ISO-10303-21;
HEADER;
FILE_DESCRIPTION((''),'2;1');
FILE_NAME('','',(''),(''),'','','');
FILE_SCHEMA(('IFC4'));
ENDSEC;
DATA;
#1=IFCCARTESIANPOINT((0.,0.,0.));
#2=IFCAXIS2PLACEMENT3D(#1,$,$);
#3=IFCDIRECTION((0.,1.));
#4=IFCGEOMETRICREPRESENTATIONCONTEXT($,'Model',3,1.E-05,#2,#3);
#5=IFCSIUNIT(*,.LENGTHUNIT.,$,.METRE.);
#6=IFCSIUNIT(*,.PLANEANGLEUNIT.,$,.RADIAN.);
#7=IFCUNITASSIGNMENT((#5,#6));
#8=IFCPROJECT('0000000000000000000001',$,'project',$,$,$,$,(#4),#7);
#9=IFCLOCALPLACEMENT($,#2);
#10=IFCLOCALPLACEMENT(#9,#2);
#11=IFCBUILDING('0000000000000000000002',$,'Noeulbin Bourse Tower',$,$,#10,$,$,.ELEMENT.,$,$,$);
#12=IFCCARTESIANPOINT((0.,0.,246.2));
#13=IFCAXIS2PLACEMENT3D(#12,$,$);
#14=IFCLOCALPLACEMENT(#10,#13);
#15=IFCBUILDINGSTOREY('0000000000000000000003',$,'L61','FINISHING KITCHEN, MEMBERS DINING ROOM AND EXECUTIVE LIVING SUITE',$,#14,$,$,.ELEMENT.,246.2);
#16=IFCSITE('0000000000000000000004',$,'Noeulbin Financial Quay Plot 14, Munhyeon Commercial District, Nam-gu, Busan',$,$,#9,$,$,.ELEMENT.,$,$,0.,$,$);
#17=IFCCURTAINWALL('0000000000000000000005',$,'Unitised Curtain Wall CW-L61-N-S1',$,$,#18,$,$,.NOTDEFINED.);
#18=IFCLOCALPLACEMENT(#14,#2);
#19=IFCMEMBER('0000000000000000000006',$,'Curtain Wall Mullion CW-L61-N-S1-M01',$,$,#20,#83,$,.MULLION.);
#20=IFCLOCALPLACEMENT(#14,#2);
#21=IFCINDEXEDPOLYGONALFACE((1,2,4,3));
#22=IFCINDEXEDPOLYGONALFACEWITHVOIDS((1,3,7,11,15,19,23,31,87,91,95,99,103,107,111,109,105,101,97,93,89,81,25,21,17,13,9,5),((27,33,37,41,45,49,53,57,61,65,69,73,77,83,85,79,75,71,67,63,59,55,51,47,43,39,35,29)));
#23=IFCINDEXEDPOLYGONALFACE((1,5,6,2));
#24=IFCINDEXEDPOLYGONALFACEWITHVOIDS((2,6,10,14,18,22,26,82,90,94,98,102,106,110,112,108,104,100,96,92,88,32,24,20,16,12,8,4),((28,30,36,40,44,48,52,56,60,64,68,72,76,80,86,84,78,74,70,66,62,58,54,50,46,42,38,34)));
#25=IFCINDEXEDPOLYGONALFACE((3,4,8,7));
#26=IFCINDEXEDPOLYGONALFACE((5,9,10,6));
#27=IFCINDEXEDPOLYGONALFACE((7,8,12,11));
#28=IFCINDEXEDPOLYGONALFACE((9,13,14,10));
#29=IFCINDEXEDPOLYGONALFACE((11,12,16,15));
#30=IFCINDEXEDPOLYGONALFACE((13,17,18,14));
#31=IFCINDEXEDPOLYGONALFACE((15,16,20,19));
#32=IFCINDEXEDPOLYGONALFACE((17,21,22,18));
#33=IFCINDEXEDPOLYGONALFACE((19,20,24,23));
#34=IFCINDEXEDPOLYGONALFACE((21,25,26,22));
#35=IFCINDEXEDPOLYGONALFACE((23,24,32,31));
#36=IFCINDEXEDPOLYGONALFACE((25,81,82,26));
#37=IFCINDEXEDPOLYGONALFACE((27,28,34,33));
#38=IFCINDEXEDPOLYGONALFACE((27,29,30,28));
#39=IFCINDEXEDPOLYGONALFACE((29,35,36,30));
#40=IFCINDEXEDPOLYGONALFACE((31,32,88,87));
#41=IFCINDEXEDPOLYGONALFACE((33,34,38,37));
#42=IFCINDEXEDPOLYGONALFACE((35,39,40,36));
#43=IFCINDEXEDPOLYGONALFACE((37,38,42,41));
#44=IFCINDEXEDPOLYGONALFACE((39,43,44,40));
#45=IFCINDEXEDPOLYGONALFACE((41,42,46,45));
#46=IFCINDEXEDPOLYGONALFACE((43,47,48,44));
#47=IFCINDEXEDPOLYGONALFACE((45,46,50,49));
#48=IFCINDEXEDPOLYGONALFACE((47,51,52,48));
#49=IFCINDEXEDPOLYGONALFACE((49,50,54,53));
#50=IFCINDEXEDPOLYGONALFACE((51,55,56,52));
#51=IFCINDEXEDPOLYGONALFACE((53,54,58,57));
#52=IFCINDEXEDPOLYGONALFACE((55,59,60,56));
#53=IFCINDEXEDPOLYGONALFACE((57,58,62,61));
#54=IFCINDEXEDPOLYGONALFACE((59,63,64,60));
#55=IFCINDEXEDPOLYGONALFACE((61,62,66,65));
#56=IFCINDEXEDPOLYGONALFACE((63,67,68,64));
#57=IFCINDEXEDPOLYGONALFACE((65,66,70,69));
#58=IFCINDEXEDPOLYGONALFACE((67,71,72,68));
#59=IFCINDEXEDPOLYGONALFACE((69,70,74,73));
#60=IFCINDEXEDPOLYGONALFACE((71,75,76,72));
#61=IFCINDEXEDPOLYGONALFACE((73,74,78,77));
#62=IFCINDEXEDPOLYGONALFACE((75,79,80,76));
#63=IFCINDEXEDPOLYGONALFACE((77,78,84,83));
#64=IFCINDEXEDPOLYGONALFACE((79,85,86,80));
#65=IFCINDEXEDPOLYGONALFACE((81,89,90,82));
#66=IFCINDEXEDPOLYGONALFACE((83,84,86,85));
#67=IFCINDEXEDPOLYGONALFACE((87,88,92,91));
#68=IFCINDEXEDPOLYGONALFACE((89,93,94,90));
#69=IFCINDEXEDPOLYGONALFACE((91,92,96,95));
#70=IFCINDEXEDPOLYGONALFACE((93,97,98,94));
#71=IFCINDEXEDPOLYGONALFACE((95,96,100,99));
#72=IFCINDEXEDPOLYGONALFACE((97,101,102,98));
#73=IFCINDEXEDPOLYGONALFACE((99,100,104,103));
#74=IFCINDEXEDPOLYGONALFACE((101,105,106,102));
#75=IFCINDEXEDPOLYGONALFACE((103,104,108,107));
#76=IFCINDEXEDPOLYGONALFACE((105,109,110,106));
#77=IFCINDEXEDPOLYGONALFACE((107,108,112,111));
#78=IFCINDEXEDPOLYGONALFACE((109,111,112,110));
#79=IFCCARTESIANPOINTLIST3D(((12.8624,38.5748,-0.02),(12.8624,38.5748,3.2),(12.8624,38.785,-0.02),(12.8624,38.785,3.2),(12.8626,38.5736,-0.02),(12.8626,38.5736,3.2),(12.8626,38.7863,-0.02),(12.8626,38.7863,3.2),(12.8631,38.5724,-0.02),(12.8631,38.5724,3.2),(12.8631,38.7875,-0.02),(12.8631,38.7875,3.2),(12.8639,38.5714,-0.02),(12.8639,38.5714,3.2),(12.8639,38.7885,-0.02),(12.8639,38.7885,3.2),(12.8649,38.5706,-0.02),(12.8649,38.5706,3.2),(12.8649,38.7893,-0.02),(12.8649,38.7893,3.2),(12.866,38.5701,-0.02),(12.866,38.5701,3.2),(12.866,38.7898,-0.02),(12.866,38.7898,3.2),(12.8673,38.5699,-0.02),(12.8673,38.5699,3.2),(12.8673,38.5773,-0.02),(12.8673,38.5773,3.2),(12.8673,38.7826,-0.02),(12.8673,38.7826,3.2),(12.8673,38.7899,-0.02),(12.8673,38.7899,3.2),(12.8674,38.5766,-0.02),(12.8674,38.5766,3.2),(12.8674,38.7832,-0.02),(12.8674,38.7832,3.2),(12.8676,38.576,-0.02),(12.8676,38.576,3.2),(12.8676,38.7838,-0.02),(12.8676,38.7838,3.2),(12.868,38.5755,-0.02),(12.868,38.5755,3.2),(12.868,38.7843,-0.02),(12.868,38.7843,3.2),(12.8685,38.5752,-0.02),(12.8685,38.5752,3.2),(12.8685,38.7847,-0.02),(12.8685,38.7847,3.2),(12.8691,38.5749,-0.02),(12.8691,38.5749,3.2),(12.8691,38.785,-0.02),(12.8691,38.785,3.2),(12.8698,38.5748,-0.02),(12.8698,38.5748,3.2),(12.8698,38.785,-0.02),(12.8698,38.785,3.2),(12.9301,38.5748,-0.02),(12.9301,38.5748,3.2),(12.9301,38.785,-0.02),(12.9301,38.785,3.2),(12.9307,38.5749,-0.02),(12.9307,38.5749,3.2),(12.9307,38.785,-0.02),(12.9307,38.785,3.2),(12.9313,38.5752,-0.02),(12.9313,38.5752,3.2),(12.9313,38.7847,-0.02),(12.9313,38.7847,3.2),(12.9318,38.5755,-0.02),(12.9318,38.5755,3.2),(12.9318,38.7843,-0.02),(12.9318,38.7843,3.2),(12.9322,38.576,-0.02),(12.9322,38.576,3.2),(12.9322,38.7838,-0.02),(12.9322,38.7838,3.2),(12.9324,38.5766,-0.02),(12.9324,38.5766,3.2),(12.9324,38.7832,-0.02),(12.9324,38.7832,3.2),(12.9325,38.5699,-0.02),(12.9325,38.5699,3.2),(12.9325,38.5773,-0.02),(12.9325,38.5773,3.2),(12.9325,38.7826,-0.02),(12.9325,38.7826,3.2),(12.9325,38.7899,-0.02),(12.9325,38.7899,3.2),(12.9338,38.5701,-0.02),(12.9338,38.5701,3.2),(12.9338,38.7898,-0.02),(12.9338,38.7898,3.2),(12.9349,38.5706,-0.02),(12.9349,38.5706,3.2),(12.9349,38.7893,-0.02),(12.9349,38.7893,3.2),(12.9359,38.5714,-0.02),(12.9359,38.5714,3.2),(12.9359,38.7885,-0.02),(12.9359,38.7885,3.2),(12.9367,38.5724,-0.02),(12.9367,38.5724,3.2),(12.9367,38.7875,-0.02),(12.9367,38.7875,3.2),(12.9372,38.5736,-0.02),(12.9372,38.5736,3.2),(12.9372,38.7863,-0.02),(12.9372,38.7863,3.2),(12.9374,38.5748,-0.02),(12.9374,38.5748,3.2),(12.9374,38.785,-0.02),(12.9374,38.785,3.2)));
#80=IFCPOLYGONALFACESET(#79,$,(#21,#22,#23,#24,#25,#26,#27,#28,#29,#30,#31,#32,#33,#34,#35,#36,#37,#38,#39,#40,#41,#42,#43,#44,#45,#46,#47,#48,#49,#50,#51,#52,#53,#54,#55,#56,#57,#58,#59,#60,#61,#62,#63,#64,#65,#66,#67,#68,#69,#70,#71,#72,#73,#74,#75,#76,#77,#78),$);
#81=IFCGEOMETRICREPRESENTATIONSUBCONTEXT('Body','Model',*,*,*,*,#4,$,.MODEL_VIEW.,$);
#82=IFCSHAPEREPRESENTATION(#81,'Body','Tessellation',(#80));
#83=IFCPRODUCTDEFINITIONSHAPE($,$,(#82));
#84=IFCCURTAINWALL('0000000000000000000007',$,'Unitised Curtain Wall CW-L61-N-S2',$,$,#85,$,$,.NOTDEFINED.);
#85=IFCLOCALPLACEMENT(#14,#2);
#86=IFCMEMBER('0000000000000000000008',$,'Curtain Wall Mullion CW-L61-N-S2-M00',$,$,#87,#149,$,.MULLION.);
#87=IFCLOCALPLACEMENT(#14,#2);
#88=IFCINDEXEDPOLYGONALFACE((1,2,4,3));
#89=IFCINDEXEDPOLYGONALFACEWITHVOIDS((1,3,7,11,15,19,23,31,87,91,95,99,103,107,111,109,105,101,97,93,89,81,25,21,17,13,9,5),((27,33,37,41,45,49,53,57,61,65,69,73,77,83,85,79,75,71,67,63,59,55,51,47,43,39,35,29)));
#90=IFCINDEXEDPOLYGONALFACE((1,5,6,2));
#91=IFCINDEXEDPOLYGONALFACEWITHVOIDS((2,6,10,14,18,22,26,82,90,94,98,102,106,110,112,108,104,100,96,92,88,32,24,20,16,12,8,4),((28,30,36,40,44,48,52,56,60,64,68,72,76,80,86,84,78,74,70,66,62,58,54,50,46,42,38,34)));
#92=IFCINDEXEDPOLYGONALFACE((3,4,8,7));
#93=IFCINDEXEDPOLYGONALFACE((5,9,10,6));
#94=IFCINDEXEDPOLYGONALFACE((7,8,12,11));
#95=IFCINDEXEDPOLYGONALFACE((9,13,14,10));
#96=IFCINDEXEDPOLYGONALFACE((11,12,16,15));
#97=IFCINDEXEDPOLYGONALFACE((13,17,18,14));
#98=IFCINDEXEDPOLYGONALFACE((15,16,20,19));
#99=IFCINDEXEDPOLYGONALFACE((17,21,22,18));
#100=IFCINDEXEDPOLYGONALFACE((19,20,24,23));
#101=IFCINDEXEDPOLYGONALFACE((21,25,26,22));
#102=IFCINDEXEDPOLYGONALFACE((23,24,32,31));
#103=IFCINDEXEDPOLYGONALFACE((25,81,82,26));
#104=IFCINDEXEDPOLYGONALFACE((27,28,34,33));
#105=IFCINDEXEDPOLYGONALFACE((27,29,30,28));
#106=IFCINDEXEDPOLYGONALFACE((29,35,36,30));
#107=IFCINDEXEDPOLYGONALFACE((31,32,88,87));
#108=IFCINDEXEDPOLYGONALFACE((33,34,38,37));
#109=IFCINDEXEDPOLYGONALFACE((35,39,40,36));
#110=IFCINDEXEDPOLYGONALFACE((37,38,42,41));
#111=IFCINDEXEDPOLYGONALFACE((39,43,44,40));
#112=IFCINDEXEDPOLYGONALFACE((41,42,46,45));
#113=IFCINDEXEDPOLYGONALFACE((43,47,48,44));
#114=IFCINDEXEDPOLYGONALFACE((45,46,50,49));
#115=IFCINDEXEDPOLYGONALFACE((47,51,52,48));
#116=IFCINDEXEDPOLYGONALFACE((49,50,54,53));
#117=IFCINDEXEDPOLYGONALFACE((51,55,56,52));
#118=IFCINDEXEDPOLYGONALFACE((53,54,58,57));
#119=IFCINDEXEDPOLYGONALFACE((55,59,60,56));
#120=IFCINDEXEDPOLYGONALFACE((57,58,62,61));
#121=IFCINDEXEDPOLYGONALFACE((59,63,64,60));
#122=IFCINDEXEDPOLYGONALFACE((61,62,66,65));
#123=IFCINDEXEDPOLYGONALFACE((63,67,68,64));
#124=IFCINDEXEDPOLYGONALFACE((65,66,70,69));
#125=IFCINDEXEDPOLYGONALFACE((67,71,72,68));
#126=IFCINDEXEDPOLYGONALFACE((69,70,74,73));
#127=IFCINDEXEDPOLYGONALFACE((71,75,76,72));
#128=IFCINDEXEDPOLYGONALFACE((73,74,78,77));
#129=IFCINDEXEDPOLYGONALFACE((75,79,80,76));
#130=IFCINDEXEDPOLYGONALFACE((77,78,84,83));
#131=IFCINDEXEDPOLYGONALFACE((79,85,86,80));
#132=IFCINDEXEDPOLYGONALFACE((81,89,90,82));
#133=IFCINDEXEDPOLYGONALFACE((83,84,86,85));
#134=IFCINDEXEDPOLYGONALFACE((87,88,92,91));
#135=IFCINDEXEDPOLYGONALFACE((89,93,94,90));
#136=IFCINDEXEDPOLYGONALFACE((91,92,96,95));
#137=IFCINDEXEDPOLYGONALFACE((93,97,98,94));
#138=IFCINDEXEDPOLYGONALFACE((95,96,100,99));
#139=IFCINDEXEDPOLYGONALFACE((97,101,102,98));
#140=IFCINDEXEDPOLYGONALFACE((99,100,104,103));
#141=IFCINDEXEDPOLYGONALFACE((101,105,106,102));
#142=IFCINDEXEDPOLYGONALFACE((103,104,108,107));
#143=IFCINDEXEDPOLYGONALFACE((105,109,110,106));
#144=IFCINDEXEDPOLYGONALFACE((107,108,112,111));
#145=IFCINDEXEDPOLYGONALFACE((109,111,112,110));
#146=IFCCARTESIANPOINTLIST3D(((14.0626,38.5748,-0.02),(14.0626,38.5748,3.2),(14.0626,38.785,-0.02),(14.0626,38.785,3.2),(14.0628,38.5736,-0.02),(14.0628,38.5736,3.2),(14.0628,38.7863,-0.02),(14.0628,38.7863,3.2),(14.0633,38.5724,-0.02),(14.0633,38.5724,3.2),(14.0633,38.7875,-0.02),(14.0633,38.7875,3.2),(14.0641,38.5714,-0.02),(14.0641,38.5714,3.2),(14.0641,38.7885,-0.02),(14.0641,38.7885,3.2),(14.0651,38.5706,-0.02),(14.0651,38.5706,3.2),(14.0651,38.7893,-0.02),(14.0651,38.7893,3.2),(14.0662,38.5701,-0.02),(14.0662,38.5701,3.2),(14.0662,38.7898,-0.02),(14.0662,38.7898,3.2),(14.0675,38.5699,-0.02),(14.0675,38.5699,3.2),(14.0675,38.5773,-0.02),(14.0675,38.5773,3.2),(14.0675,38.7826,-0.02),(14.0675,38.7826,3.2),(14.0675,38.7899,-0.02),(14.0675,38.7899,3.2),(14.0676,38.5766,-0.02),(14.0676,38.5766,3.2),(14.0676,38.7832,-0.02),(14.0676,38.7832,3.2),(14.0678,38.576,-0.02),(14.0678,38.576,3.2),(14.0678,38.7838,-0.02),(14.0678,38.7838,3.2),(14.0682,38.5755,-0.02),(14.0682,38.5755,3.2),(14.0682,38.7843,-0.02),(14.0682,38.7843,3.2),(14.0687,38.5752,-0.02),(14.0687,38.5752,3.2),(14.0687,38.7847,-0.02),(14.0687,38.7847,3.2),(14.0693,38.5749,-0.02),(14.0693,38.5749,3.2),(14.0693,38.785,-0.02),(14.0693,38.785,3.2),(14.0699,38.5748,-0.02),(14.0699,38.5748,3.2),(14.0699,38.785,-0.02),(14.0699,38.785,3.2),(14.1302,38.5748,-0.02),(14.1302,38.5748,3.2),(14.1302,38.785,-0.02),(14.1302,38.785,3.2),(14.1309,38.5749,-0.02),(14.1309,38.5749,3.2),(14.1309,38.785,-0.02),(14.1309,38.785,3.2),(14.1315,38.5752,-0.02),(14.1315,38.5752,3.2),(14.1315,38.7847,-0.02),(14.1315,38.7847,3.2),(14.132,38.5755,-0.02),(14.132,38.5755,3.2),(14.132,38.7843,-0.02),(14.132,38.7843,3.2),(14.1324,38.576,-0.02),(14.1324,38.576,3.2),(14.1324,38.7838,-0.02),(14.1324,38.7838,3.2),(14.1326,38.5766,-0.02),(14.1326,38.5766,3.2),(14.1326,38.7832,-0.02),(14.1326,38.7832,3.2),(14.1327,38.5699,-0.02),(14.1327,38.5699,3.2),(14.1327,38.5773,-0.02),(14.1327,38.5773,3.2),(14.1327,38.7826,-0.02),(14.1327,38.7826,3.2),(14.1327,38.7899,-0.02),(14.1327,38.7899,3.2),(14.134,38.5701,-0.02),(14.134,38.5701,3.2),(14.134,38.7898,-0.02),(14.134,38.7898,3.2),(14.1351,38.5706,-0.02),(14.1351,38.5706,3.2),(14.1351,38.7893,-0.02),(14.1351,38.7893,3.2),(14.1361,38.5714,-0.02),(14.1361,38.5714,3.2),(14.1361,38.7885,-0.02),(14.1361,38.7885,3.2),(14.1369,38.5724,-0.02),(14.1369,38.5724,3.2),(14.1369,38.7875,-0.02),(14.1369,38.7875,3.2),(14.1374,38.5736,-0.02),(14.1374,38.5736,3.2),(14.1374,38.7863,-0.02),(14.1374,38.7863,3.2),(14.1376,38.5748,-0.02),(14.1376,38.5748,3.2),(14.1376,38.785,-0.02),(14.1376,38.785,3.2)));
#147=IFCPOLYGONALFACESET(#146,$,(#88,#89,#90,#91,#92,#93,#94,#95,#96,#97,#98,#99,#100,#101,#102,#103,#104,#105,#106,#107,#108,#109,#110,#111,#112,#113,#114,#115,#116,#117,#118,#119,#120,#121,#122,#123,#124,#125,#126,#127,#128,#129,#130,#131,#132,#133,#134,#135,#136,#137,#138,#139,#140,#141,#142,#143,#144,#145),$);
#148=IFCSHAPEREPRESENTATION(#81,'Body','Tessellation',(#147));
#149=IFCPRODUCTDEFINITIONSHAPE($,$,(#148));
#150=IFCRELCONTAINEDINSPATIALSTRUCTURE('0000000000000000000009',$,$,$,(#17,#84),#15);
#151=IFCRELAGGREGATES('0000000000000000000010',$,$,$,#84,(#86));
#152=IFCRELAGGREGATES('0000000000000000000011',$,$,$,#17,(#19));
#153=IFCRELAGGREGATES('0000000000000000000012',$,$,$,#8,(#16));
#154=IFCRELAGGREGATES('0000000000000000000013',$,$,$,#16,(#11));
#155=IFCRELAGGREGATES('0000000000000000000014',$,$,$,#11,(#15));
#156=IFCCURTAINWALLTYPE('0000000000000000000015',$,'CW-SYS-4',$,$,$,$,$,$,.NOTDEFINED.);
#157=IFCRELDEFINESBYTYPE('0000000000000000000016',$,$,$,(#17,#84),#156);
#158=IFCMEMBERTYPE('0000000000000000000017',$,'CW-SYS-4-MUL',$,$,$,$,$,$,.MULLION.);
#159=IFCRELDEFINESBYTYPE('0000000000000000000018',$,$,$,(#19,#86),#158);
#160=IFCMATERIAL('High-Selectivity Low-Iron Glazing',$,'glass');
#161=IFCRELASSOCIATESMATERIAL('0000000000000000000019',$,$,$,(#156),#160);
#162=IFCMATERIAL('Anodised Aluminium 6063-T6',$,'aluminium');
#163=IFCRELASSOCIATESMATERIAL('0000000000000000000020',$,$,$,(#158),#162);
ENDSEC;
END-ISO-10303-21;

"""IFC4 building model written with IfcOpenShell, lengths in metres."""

from ifc_helpers import new_model, si_unit, direction, frame, origin, origin_2d, place, context, subcontext, project, spatial, hollow_rectangle, extrude, material, material_profile, profile_set, type_object, element, aggregate, save


model = new_model("IFC4")

# Units and contexts
model_context = context("Model", 3, precision=1e-05, world=origin(), true_north=direction((0.0, 1.0)))
body_context = subcontext(model_context, "Body", "Model", "MODEL_VIEW")
ifc_project = project(units=[si_unit("LENGTHUNIT", "METRE"), si_unit("PLANEANGLEUNIT", "RADIAN")], contexts=[model_context])

# Site, building, storey
site_placement = place(None, origin())
site = spatial("IfcSite", under=ifc_project, at=site_placement, Name="Noeulbin Financial Quay Plot 14, Munhyeon Commercial District, Nam-gu, Busan", CompositionType="ELEMENT", RefElevation=0.0)
building_placement = place(site_placement, origin())
building = spatial("IfcBuilding", under=site, at=building_placement, Name="Noeulbin Bourse Tower", CompositionType="ELEMENT")
storey_placement = place(building_placement, frame((0.0, 0.0, 246.2)))
storey = spatial("IfcBuildingStorey", under=building, at=storey_placement, Name="L61", Description="FINISHING KITCHEN, MEMBERS DINING ROOM AND EXECUTIVE LIVING SUITE", CompositionType="ELEMENT", Elevation=246.2)

# Curtain wall, member
ifc_material_1 = material(Name="High-Selectivity Low-Iron Glazing", Category="glass")
curtain_wall_type = type_object("IfcCurtainWallType", Name="CW-SYS-4", PredefinedType="NOTDEFINED", material=ifc_material_1)
curtain_wall_1_placement = place(storey_placement, origin())
curtain_wall_1 = element("IfcCurtainWall", 1, at=curtain_wall_1_placement, inside=storey, type_object=curtain_wall_type, Name="Unitised Curtain Wall CW-L61-N-S1", PredefinedType="NOTDEFINED")
ifc_material_2 = material(Name="Anodised Aluminium 6063-T6", Category="aluminium")
ifc_material_profile_1 = material_profile(ifc_material_2, hollow_rectangle(XDim=0.075, YDim=0.22, WallThickness=0.0049, InnerFilletRadius=0.0024, OuterFilletRadius=0.0049, at=origin_2d()), Name="ALU-MULL-75x220x5", Category="LoadBearing")
ifc_profile_set_1 = profile_set([ifc_material_profile_1], Name="Anodised Aluminium 6063-T6")
member_type_1 = type_object("IfcMemberType", Name="CW-SYS-4-MUL", PredefinedType="MULLION", material=ifc_profile_set_1)
member_1_placement = place(storey_placement, frame((12.8999, 38.6799, -0.02), z_axis=(0.0, 0.0, 1.0), x_axis=(1.0, 0.0, 0.0)))
member_1 = element("IfcMember", 2, at=member_1_placement, type_object=member_type_1, Name="Curtain Wall Mullion CW-L61-N-S1-M01", PredefinedType="MULLION", context=body_context, shape_type="SweptSolid", body=[
    extrude(hollow_rectangle(XDim=0.075, YDim=0.22, WallThickness=0.0049, InnerFilletRadius=0.0024, OuterFilletRadius=0.0049, at=origin_2d()), origin(), (0.0, 0.0, 1.0), 3.22),
])

# Curtain wall, member
curtain_wall_2_placement = place(storey_placement, origin())
curtain_wall_2 = element("IfcCurtainWall", 3, at=curtain_wall_2_placement, inside=storey, type_object=curtain_wall_type, Name="Unitised Curtain Wall CW-L61-N-S2", PredefinedType="NOTDEFINED")
member_2_placement = place(storey_placement, frame((14.1001, 38.6799, -0.02), z_axis=(0.0, 0.0, 1.0), x_axis=(1.0, 0.0, 0.0)))
member_2 = element("IfcMember", 4, at=member_2_placement, type_object=member_type_1, Name="Curtain Wall Mullion CW-L61-N-S2-M00", PredefinedType="MULLION", context=body_context, shape_type="SweptSolid", body=[
    extrude(hollow_rectangle(XDim=0.075, YDim=0.22, WallThickness=0.0049, InnerFilletRadius=0.0024, OuterFilletRadius=0.0049, at=origin_2d()), origin(), (0.0, 0.0, 1.0), 3.22),
])
aggregate(curtain_wall_2, [member_2])

aggregate(curtain_wall_1, [member_1])

save(model, "model.ifc")
